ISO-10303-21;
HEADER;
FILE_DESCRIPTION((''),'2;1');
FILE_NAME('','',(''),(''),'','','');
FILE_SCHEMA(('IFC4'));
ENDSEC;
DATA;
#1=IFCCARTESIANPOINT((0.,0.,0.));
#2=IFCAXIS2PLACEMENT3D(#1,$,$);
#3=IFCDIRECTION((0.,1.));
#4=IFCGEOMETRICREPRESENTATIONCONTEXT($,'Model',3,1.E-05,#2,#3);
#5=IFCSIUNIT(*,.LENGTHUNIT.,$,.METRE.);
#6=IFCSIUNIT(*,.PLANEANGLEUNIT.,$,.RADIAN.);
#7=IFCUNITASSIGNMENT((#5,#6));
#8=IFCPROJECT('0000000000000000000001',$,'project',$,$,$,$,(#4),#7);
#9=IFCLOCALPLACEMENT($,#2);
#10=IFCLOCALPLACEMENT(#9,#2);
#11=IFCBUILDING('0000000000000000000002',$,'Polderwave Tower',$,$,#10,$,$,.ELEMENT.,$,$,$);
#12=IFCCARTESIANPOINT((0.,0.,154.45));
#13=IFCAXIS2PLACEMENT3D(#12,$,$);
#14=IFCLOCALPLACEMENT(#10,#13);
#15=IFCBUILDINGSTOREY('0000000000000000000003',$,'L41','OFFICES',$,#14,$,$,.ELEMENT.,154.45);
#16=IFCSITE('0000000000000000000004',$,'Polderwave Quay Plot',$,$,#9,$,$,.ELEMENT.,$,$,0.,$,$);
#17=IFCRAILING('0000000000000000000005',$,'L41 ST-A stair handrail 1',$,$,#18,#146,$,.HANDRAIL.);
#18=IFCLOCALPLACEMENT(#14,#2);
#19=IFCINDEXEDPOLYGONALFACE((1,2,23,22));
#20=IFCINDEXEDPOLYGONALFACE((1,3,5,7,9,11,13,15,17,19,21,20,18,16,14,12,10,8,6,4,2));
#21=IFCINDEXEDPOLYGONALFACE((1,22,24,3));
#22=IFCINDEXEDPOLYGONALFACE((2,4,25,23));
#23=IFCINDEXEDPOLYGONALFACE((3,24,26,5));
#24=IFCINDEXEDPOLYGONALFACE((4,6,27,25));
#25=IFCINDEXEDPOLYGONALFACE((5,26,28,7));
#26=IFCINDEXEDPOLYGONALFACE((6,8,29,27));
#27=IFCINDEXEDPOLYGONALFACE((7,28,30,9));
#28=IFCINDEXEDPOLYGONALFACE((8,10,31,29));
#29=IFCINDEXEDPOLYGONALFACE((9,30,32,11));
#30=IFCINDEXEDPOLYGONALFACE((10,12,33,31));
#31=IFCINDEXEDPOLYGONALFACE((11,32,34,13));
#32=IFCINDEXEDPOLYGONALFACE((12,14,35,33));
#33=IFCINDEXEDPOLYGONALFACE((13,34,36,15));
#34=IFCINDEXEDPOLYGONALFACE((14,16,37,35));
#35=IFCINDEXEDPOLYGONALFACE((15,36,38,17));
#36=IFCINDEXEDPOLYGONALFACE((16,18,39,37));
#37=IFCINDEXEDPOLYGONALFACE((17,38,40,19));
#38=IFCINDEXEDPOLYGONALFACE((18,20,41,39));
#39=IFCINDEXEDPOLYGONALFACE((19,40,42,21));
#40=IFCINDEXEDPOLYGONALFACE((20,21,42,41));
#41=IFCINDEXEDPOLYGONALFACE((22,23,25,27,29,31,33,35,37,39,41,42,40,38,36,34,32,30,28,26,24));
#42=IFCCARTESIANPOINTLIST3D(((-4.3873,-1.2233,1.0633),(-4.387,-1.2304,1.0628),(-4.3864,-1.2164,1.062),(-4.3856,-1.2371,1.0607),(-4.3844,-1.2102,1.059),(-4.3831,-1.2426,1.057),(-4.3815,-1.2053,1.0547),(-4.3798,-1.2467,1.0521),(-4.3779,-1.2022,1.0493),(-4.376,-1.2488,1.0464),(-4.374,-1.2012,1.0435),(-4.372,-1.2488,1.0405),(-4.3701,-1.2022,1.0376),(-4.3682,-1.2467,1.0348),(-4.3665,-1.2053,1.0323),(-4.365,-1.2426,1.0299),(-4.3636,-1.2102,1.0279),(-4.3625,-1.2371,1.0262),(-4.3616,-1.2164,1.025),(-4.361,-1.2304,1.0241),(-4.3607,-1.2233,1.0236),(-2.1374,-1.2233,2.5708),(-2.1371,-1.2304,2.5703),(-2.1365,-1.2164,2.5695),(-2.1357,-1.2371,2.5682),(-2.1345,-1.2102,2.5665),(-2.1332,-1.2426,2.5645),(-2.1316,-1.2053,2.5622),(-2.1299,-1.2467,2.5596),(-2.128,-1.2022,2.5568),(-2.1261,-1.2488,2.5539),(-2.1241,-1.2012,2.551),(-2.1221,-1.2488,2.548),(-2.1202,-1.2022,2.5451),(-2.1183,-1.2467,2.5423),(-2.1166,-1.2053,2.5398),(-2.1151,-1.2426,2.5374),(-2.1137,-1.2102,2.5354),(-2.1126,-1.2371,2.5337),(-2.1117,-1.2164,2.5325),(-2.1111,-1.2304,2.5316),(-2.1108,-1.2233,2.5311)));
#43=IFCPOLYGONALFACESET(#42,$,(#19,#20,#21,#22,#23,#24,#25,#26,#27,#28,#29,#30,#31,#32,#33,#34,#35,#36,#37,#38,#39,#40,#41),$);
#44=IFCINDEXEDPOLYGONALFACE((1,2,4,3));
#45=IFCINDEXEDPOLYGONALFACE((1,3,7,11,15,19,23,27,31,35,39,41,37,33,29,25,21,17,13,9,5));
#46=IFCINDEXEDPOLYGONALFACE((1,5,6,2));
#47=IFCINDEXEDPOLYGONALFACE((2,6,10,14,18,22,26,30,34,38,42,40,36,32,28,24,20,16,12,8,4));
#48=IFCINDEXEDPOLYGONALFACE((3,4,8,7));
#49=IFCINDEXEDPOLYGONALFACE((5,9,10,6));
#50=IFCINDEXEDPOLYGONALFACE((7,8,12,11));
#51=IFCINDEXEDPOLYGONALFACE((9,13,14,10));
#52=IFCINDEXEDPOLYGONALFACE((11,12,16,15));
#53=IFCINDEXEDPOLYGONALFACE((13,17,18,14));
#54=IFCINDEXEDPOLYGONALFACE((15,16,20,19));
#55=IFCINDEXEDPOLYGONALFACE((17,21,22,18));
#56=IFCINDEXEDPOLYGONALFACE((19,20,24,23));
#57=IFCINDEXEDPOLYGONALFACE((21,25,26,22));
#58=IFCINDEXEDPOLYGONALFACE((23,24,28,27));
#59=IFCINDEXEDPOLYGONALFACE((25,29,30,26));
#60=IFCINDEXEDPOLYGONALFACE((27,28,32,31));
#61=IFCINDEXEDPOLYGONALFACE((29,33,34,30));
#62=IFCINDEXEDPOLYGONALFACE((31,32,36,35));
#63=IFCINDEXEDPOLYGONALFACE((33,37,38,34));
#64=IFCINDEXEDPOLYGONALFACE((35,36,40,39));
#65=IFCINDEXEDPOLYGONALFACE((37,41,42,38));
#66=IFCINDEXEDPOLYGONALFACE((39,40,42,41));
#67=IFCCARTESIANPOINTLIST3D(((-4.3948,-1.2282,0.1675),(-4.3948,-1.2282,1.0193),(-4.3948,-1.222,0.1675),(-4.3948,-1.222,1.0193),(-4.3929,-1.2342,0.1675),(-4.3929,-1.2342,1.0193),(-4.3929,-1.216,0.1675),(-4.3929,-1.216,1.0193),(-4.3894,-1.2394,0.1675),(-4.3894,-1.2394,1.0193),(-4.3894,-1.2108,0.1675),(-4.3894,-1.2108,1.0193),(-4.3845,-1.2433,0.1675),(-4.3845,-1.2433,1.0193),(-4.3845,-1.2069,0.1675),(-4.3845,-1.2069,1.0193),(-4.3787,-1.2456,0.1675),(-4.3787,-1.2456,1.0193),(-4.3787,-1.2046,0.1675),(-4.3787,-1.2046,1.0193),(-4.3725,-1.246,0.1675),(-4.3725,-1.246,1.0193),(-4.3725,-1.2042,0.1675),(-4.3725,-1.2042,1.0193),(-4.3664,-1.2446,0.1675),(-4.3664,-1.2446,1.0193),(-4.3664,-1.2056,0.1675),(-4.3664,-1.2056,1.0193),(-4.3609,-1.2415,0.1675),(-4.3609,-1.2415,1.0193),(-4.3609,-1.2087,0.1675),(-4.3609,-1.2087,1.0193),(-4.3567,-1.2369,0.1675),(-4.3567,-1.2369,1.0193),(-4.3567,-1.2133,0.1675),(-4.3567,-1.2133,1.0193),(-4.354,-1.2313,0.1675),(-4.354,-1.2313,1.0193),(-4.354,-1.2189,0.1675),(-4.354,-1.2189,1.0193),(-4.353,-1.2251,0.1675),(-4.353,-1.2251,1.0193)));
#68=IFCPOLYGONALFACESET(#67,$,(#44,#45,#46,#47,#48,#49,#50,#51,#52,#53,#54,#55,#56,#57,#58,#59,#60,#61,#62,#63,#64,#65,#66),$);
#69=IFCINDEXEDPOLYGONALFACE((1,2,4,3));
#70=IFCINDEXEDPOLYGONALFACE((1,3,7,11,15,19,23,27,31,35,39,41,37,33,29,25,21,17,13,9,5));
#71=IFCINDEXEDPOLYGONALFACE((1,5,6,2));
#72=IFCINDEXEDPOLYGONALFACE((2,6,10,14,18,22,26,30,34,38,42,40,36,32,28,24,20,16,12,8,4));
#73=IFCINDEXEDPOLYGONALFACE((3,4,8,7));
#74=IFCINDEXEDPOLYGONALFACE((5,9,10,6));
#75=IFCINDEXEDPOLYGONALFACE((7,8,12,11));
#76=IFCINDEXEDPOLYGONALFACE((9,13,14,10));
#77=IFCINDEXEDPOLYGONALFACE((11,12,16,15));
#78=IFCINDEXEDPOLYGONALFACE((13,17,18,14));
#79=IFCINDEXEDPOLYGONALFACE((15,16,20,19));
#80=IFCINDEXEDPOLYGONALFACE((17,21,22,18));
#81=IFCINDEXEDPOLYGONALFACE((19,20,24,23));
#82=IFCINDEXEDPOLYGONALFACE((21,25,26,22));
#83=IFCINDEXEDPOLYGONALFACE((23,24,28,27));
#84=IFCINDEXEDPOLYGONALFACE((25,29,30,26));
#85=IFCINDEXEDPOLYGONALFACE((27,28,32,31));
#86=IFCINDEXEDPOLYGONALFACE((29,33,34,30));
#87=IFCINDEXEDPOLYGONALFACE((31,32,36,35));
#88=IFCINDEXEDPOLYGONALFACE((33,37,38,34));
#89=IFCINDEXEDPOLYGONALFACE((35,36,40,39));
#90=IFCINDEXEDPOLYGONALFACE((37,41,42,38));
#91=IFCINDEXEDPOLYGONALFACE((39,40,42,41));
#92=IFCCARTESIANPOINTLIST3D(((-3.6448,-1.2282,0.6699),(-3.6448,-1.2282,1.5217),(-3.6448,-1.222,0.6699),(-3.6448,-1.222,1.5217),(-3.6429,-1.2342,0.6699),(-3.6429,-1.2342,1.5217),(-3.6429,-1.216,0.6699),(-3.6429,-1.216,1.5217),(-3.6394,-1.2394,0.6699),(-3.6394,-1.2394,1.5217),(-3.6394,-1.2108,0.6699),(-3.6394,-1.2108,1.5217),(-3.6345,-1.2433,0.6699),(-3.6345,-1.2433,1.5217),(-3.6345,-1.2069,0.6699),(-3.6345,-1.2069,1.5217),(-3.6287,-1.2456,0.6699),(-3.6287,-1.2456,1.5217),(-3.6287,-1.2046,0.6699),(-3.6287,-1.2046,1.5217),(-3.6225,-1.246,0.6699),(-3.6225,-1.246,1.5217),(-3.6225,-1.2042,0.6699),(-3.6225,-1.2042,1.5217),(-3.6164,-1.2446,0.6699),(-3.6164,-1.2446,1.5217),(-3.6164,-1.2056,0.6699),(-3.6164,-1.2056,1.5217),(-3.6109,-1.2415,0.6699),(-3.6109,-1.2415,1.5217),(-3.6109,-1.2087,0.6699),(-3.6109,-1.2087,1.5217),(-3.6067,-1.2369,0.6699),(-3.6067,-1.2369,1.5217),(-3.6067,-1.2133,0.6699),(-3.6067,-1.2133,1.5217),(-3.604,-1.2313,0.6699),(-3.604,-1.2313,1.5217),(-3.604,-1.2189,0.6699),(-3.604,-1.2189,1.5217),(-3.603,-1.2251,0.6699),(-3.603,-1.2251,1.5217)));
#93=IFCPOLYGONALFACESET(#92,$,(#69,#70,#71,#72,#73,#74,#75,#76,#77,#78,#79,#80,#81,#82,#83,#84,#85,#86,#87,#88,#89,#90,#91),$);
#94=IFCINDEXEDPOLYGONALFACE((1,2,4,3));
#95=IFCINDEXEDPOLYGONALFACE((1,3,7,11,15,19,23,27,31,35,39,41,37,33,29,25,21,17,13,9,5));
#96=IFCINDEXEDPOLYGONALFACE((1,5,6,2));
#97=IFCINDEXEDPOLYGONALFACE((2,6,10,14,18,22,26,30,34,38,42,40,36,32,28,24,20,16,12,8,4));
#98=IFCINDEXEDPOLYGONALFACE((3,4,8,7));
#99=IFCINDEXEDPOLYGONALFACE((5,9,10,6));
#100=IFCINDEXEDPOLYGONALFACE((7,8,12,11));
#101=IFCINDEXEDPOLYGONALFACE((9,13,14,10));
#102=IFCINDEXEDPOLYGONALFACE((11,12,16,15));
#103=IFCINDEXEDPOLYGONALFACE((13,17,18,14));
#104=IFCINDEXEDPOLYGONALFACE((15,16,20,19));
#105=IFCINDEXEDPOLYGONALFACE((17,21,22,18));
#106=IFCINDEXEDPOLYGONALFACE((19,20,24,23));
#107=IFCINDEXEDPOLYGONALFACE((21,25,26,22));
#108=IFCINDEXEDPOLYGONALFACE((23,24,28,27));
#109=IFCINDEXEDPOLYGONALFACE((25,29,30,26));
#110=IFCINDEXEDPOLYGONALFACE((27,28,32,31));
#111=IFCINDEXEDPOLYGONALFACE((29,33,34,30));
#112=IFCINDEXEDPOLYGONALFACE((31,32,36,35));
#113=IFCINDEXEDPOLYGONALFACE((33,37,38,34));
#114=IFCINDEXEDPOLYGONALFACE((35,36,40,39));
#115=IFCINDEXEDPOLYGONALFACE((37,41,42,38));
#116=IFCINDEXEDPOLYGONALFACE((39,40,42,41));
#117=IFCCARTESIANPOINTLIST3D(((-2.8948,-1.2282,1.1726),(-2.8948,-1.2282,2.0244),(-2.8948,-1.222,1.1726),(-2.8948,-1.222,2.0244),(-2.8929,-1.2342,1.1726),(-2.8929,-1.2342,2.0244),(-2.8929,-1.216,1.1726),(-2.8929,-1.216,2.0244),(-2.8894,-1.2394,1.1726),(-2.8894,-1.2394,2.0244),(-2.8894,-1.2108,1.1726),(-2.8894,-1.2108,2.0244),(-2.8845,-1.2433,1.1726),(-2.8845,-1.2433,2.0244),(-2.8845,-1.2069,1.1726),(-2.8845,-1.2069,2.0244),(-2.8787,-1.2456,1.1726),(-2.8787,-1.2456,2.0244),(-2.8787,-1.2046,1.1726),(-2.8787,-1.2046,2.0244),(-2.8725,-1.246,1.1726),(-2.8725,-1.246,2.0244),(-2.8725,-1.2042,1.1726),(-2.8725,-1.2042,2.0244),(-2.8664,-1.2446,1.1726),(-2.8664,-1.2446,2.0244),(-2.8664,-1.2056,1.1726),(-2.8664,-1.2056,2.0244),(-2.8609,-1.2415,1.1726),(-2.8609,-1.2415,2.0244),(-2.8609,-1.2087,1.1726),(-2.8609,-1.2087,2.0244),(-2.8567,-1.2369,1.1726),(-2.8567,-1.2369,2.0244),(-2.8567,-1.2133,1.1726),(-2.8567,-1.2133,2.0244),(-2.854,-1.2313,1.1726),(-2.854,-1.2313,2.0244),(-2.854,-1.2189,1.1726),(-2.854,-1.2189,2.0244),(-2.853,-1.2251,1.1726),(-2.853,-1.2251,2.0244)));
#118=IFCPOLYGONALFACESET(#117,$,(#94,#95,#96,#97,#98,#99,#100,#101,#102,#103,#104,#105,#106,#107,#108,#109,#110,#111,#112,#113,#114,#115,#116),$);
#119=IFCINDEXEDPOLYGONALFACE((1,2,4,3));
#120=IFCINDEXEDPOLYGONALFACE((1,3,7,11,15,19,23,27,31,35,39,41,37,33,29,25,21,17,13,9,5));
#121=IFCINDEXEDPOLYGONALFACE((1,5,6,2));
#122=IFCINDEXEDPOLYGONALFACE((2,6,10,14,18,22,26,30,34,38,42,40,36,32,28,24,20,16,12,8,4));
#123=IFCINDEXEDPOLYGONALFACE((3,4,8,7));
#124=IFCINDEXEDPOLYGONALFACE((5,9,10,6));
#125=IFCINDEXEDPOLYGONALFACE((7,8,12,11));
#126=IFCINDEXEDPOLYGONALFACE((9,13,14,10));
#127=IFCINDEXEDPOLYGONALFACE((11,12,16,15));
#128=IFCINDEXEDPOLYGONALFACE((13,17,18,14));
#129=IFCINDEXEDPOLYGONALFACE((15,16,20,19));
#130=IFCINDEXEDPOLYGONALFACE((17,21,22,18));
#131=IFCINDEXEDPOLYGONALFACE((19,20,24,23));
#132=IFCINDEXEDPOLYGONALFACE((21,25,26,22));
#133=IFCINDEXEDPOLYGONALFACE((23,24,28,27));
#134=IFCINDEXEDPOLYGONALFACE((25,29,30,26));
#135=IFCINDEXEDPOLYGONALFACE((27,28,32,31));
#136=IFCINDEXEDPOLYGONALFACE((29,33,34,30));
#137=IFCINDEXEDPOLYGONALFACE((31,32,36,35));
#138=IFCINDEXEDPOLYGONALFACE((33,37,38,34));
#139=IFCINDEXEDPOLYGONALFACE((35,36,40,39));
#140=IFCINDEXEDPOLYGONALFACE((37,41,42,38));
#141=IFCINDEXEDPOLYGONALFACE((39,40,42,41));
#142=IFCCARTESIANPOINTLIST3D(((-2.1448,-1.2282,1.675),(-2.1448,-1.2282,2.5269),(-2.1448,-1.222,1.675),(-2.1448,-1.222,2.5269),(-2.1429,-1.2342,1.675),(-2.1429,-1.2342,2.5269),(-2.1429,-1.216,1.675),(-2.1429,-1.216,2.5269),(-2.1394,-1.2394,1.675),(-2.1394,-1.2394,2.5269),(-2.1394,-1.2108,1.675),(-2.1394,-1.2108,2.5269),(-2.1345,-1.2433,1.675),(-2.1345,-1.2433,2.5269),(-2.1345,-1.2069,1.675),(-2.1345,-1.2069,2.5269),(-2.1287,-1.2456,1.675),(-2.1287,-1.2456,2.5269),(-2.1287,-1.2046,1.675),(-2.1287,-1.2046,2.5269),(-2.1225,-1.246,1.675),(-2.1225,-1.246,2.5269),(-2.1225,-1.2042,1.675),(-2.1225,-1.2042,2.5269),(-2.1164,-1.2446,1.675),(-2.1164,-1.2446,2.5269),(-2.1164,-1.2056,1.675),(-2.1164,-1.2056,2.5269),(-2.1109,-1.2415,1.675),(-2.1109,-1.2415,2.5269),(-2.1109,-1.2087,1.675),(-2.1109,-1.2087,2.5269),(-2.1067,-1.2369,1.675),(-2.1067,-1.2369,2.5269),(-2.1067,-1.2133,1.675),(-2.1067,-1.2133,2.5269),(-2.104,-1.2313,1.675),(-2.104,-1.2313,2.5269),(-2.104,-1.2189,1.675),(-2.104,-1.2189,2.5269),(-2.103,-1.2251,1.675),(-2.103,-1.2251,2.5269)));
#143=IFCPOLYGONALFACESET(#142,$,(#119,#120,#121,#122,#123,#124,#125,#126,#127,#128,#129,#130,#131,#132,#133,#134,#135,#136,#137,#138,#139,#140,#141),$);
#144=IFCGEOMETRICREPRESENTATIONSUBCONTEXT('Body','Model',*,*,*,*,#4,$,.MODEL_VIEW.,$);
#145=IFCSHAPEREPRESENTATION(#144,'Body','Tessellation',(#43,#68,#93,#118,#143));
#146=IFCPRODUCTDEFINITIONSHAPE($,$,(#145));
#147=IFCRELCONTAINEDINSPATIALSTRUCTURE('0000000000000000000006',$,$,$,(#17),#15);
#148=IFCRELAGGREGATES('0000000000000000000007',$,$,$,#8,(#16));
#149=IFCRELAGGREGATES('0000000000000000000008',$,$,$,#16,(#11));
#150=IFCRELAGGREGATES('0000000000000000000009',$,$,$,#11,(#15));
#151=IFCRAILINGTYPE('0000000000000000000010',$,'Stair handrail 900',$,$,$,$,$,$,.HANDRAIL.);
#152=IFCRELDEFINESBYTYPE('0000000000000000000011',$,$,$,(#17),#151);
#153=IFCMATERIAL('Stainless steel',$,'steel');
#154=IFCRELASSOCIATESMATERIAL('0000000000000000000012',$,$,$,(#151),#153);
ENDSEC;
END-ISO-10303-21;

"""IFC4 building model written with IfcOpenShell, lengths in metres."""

from ifc_helpers import new_model, si_unit, direction, frame, origin, origin_2d, place, context, subcontext, project, spatial, circle, extrude, material, type_object, element, save


model = new_model("IFC4")

# Units and contexts
model_context = context("Model", 3, precision=1e-05, world=origin(), true_north=direction((0.0, 1.0)))
body_context = subcontext(model_context, "Body", "Model", "MODEL_VIEW")
ifc_project = project(units=[si_unit("LENGTHUNIT", "METRE"), si_unit("PLANEANGLEUNIT", "RADIAN")], contexts=[model_context])

# Site, building, storey
site_placement = place(None, origin())
site = spatial("IfcSite", under=ifc_project, at=site_placement, Name="Polderwave Quay Plot", CompositionType="ELEMENT", RefElevation=0.0)
building_placement = place(site_placement, origin())
building = spatial("IfcBuilding", under=site, at=building_placement, Name="Polderwave Tower", CompositionType="ELEMENT")
storey_placement = place(building_placement, frame((0.0, 0.0, 154.45)))
storey = spatial("IfcBuildingStorey", under=building, at=storey_placement, Name="L41", Description="OFFICES", CompositionType="ELEMENT", Elevation=154.45)

# Railing
ifc_material_1 = material(Name="Stainless steel", Category="steel")
railing_type_1 = type_object("IfcRailingType", Name="Stair handrail 900", PredefinedType="HANDRAIL", material=ifc_material_1)
railing_1_placement = place(storey_placement, frame((-4.374, -1.2251, 0.1675)))
element("IfcRailing", 1, at=railing_1_placement, inside=storey, type_object=railing_type_1, Name="L41 ST-A stair handrail 1", PredefinedType="HANDRAIL", context=body_context, shape_type="SweptSolid", body=[
    extrude(circle(Radius=0.0239, at=origin_2d()), frame((0.0, 0.0, 0.876), z_axis=(0.830758, 0.0, 0.556633), x_axis=(0.0, 1.0, 0.0)), (0.0, 0.0, 1.0), 2.7083),
    extrude(circle(Radius=0.021, at=origin_2d()), origin(), (0.0, 0.0, 1.0), 0.8518),
    extrude(circle(Radius=0.021, at=origin_2d()), frame((0.75, 0.0, 0.5024)), (0.0, 0.0, 1.0), 0.8518),
    extrude(circle(Radius=0.021, at=origin_2d()), frame((1.5, 0.0, 1.0051)), (0.0, 0.0, 1.0), 0.8518),
    extrude(circle(Radius=0.021, at=origin_2d()), frame((2.25, 0.0, 1.5076)), (0.0, 0.0, 1.0), 0.8518),
])

save(model, "model.ifc")
